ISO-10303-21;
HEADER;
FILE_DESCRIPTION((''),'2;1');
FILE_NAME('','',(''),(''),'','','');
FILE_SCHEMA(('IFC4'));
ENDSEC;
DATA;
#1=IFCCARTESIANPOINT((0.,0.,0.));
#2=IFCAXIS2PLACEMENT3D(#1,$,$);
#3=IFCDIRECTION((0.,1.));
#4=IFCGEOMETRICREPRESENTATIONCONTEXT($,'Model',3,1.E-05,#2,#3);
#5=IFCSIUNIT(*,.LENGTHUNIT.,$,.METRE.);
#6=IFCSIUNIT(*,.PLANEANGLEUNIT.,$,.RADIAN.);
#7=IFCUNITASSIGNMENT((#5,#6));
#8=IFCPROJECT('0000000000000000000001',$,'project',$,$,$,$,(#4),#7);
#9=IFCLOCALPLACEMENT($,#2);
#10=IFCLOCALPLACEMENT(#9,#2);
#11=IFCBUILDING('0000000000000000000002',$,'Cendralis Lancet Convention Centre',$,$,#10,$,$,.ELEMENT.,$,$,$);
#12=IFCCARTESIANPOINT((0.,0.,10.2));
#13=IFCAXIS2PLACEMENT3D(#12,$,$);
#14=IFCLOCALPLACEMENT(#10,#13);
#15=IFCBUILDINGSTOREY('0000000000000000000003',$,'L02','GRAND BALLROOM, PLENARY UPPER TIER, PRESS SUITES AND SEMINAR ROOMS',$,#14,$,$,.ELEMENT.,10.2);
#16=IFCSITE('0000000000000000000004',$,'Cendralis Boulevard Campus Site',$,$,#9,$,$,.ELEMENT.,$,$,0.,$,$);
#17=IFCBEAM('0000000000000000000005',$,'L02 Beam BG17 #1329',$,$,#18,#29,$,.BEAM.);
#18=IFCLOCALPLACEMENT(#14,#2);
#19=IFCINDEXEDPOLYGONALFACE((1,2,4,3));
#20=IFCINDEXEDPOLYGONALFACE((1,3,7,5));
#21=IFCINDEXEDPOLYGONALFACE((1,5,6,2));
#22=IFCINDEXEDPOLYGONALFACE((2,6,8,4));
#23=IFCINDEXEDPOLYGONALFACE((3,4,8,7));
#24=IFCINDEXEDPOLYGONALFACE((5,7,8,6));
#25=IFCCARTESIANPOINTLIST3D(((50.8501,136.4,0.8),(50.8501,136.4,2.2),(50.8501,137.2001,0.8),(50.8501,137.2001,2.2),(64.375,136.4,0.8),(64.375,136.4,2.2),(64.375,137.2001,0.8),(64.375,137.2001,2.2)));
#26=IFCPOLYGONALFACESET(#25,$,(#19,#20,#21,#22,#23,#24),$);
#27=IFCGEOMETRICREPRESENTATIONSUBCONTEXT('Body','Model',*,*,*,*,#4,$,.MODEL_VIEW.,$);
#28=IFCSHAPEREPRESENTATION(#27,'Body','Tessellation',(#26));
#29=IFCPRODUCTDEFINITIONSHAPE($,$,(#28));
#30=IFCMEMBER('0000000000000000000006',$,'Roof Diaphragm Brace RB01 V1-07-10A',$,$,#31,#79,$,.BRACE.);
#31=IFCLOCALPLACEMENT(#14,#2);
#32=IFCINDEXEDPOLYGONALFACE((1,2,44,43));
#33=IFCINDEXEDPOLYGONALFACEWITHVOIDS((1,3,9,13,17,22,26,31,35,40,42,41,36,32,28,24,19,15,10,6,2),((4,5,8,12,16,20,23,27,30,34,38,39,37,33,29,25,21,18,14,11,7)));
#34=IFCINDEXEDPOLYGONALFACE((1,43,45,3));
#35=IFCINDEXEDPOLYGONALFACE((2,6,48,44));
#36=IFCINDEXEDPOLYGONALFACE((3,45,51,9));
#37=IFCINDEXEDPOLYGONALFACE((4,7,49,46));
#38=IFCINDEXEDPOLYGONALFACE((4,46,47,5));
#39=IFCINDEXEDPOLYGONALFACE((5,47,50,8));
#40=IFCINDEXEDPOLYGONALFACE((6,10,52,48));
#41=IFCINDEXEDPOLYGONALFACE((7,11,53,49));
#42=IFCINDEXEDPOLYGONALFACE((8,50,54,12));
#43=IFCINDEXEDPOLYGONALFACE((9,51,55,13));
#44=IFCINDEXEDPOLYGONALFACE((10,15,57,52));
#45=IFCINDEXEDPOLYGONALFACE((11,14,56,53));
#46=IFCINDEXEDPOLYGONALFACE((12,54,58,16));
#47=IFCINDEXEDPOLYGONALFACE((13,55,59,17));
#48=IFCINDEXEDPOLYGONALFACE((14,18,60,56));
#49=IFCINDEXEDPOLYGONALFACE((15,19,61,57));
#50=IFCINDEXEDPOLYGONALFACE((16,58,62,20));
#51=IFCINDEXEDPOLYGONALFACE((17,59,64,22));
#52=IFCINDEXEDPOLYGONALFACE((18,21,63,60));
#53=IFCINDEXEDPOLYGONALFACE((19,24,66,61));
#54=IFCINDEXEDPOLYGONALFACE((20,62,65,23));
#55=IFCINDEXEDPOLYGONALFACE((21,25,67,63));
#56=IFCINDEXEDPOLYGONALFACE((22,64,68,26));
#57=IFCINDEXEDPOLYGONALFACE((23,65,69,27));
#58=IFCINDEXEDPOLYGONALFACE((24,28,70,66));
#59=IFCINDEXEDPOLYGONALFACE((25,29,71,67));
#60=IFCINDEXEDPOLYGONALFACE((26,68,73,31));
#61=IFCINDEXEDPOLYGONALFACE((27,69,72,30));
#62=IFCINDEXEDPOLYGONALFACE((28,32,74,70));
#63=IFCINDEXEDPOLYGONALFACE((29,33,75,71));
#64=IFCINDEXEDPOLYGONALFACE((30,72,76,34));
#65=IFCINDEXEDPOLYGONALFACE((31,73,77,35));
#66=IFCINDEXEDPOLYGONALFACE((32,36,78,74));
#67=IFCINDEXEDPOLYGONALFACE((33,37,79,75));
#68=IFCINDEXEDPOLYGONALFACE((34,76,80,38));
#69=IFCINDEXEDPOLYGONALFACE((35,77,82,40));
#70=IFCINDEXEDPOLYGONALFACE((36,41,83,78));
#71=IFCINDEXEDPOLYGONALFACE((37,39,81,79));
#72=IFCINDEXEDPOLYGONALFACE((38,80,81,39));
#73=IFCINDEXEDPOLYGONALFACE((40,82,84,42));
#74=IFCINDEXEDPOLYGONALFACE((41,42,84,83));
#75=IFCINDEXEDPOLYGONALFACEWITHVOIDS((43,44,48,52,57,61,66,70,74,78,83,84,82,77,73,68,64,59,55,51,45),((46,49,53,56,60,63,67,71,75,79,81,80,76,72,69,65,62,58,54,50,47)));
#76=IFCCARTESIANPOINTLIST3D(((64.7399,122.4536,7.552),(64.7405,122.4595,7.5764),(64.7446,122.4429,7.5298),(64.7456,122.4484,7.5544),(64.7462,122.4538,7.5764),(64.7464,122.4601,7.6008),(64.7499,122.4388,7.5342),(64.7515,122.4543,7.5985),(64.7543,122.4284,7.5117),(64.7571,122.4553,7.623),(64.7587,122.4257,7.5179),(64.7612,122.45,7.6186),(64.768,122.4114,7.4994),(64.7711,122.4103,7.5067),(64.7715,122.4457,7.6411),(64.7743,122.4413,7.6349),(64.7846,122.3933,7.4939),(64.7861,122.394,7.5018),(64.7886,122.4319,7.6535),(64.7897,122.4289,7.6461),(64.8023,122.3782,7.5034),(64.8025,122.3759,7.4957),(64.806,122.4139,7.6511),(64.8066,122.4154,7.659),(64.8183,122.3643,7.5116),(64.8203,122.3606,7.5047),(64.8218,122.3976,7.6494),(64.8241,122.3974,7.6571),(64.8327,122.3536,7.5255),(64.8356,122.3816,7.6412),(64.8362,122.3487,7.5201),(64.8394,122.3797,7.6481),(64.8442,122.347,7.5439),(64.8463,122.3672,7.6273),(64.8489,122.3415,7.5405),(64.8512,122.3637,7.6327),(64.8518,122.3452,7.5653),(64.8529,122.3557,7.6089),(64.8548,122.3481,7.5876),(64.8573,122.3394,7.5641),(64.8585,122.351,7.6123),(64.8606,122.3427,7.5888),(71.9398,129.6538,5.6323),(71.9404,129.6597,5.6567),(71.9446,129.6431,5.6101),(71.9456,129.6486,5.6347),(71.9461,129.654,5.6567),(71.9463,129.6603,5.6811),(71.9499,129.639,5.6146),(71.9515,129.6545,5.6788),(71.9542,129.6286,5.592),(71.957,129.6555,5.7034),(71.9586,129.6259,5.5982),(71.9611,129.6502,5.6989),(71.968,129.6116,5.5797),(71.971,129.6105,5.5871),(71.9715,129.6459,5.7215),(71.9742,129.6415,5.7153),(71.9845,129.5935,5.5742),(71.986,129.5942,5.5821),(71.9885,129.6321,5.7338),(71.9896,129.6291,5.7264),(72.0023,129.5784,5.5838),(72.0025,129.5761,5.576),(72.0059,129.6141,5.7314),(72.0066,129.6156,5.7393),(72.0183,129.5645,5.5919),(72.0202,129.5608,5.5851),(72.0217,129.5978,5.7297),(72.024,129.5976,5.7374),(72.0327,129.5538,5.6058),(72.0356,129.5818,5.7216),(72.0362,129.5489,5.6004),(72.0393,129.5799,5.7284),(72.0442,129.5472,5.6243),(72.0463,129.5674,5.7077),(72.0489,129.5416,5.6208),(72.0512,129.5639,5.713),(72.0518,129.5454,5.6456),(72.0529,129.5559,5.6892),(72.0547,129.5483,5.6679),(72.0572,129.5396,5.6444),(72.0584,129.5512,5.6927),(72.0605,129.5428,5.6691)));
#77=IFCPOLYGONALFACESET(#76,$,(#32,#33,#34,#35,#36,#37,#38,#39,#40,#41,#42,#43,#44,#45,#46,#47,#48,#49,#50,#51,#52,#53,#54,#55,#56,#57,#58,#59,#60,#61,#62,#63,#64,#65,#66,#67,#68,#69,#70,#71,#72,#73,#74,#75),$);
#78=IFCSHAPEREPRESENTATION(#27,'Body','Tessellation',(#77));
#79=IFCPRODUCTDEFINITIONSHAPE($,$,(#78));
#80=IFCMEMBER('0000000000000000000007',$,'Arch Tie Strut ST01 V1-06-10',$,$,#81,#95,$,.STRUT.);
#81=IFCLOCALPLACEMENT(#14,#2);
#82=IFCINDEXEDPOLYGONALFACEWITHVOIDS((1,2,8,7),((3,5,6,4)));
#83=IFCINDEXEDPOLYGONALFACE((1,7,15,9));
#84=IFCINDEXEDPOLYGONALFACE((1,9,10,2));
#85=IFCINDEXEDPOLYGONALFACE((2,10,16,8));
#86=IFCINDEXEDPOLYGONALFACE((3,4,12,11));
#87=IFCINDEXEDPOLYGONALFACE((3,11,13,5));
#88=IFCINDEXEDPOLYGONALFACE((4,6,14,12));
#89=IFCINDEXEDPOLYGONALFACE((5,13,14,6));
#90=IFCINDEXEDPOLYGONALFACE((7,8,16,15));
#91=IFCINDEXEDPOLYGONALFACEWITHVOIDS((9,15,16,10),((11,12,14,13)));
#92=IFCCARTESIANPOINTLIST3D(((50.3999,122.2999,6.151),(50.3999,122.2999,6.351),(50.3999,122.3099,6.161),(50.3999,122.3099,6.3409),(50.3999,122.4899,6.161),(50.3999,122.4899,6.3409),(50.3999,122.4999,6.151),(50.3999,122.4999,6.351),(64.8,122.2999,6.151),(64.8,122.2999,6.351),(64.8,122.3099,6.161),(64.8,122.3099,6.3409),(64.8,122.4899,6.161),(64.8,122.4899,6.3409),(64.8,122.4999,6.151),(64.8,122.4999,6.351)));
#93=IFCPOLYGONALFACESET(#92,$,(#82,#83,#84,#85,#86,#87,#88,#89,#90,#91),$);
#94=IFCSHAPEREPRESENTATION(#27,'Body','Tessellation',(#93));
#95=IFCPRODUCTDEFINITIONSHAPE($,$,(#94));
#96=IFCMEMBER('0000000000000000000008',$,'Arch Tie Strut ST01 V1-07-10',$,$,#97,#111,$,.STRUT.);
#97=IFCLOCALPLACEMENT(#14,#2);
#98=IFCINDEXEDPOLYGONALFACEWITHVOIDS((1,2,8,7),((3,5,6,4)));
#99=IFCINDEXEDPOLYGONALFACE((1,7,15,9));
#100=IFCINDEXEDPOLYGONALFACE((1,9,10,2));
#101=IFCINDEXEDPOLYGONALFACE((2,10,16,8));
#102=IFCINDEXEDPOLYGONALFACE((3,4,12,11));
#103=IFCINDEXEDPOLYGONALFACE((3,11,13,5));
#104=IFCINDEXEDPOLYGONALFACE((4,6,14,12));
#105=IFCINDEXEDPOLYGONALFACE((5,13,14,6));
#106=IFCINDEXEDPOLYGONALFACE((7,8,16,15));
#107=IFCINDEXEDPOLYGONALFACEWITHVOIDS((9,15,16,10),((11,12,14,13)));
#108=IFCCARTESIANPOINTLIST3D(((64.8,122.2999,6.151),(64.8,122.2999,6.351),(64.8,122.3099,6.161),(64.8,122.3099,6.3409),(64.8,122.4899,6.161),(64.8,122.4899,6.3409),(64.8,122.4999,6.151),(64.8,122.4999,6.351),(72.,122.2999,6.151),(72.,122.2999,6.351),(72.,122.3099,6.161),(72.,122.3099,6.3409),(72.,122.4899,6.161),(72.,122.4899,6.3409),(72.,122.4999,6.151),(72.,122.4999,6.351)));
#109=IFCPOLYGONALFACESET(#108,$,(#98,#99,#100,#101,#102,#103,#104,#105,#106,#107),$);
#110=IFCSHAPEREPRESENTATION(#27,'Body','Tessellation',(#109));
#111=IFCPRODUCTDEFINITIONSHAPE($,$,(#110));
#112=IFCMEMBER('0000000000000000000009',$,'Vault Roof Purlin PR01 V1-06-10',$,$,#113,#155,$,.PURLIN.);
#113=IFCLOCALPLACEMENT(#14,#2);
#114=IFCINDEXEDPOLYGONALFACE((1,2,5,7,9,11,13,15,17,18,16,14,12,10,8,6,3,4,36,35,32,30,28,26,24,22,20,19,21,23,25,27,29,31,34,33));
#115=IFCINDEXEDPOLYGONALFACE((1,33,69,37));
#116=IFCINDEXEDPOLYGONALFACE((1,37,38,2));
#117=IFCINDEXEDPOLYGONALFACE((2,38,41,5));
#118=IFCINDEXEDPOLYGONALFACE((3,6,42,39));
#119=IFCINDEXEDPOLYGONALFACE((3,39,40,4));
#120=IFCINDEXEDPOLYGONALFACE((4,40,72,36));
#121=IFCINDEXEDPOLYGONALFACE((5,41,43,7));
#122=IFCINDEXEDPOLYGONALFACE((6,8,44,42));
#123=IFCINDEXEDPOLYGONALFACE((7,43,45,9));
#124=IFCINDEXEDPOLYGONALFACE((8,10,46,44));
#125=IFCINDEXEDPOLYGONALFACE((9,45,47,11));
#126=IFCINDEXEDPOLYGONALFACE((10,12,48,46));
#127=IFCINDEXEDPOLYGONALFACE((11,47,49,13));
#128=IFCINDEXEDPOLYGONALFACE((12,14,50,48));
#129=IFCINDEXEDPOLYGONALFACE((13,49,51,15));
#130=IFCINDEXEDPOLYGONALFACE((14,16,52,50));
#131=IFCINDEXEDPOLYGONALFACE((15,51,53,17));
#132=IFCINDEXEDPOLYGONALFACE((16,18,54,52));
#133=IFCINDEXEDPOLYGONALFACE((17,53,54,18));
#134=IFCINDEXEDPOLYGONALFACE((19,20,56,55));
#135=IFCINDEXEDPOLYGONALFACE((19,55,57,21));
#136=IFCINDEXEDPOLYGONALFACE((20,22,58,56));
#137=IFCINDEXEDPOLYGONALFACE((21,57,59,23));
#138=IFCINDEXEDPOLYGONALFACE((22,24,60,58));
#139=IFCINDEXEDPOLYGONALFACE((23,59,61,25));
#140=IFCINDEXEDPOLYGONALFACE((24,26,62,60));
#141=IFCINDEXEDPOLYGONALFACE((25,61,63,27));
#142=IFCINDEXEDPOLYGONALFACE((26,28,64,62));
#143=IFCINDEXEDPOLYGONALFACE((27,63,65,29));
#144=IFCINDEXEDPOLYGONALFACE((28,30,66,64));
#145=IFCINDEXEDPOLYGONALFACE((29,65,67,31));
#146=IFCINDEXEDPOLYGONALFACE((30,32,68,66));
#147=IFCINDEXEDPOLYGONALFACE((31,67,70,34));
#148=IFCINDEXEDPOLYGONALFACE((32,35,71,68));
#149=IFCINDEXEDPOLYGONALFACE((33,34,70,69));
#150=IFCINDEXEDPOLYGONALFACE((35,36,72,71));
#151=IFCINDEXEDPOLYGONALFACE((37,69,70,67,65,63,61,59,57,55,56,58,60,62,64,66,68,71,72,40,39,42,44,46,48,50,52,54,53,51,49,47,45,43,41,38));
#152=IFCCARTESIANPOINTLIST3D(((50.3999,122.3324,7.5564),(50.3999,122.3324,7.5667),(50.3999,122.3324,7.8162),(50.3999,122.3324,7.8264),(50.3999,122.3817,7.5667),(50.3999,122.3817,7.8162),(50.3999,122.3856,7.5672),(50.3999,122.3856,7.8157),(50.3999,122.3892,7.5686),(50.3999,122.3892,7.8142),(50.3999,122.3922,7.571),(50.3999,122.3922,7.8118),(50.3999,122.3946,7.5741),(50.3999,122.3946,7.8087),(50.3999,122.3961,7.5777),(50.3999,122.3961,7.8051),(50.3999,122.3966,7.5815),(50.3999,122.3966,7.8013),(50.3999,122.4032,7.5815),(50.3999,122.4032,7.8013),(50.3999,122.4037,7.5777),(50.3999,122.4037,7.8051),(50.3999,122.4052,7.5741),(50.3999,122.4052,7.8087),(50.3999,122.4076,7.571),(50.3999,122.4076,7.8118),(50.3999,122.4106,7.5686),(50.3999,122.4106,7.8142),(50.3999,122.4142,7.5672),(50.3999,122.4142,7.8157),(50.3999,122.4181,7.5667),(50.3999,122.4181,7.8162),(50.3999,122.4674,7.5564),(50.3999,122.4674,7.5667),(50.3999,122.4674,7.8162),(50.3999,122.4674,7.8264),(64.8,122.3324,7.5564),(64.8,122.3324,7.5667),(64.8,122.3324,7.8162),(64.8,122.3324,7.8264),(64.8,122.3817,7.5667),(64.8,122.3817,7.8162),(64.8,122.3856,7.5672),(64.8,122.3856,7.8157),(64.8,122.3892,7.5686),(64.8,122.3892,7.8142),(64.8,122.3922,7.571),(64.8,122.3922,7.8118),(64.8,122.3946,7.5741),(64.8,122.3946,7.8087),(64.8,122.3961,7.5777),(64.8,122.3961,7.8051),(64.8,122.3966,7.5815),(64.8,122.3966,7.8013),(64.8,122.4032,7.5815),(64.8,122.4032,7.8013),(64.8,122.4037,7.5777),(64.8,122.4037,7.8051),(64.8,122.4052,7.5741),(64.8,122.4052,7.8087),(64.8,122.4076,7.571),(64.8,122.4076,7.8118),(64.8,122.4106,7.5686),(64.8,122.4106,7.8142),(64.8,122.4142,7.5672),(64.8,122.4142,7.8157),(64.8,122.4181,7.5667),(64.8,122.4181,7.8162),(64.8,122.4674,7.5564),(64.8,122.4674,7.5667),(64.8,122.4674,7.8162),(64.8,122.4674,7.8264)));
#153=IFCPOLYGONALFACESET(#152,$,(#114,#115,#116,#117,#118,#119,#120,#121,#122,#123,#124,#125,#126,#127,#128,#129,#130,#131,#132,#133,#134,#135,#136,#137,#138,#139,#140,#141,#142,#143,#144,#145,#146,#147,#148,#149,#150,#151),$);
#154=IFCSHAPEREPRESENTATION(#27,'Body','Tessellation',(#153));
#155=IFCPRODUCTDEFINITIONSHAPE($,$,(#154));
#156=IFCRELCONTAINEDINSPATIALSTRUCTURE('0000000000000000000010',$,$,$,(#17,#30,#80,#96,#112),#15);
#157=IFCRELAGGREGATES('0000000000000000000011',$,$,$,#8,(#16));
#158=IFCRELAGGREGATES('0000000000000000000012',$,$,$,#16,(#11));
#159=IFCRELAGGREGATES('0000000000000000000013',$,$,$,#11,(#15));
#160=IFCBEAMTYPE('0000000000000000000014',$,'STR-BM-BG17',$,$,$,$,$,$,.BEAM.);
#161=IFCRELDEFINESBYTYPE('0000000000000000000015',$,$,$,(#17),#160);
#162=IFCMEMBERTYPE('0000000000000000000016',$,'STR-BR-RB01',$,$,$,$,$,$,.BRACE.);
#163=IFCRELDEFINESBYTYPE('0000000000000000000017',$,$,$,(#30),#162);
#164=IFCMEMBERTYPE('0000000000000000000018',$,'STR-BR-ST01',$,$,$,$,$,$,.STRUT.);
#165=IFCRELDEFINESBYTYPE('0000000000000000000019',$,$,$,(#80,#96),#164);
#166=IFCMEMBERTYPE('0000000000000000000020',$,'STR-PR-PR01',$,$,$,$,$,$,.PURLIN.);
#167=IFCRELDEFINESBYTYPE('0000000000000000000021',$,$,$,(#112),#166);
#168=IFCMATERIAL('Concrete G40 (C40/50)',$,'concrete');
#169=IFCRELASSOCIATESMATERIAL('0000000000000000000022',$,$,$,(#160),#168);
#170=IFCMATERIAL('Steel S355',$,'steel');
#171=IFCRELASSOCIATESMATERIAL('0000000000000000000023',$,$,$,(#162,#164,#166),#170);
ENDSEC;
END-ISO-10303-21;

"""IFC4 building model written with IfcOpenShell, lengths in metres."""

from ifc_helpers import new_model, si_unit, direction, frame, origin, origin_2d, place, context, subcontext, project, spatial, rectangle, hollow_rectangle, hollow_circle, i_section, extrude, material, material_profile, profile_set, type_object, element, save


model = new_model("IFC4")

# Units and contexts
model_context = context("Model", 3, precision=1e-05, world=origin(), true_north=direction((0.0, 1.0)))
body_context = subcontext(model_context, "Body", "Model", "MODEL_VIEW")
ifc_project = project(units=[si_unit("LENGTHUNIT", "METRE"), si_unit("PLANEANGLEUNIT", "RADIAN")], contexts=[model_context])

# Site, building, storey
site_placement = place(None, origin())
site = spatial("IfcSite", under=ifc_project, at=site_placement, Name="Cendralis Boulevard Campus Site", CompositionType="ELEMENT", RefElevation=0.0)
building_placement = place(site_placement, origin())
building = spatial("IfcBuilding", under=site, at=building_placement, Name="Cendralis Lancet Convention Centre", CompositionType="ELEMENT")
storey_placement = place(building_placement, frame((0.0, 0.0, 10.2)))
storey = spatial("IfcBuildingStorey", under=building, at=storey_placement, Name="L02", Description="GRAND BALLROOM, PLENARY UPPER TIER, PRESS SUITES AND SEMINAR ROOMS", CompositionType="ELEMENT", Elevation=10.2)

# Beam
ifc_material_1 = material(Name="Concrete G40 (C40/50)", Category="concrete")
ifc_material_profile_1 = material_profile(ifc_material_1, rectangle(XDim=0.8, YDim=1.3999, at=origin_2d()), Name="RCB 800x1400")
ifc_profile_set_1 = profile_set([ifc_material_profile_1], Name="Concrete G40 (C40/50)")
beam_type = type_object("IfcBeamType", Name="STR-BM-BG17", PredefinedType="BEAM", material=ifc_profile_set_1)
beam_placement = place(storey_placement, frame((50.8501, 136.8, 1.5), z_axis=(1.0, 0.0, 0.0), x_axis=(0.0, 1.0, 0.0)))
element("IfcBeam", 1, at=beam_placement, inside=storey, type_object=beam_type, Name="L02 Beam BG17 #1329", PredefinedType="BEAM", context=body_context, shape_type="SweptSolid", body=[
    extrude(rectangle(XDim=0.8, YDim=1.3999, at=origin_2d()), origin(), (0.0, 0.0, 1.0), 13.5249),
])

# Members
ifc_material_2 = material(Name="Steel S355", Category="steel")
ifc_material_profile_2 = material_profile(ifc_material_2, hollow_circle(Radius=0.0842, WallThickness=0.0081, at=origin_2d()), Name="CHS 168.3x8.0")
ifc_profile_set_2 = profile_set([ifc_material_profile_2], Name="Steel S355")
member_type_1 = type_object("IfcMemberType", Name="STR-BR-RB01", PredefinedType="BRACE", material=ifc_profile_set_2)
member_1_placement = place(storey_placement, frame((64.8, 122.3999, 7.5764), z_axis=(0.694854, 0.694878, -0.185265), x_axis=(-0.707119, 0.707095, 0.0)))
element("IfcMember", 2, at=member_1_placement, inside=storey, type_object=member_type_1, Name="Roof Diaphragm Brace RB01 V1-07-10A", PredefinedType="BRACE", context=body_context, shape_type="SweptSolid", body=[
    extrude(hollow_circle(Radius=0.0842, WallThickness=0.0081, at=origin_2d()), origin(), (0.0, 0.0, 1.0), 10.3618),
])
ifc_material_profile_3 = material_profile(ifc_material_2, hollow_rectangle(XDim=0.2, YDim=0.2, WallThickness=0.01, at=origin_2d()), Name="SHS 200x200x10.0")
ifc_profile_set_3 = profile_set([ifc_material_profile_3], Name="Steel S355")
member_type_2 = type_object("IfcMemberType", Name="STR-BR-ST01", PredefinedType="STRUT", material=ifc_profile_set_3)
member_2_placement = place(storey_placement, frame((50.3999, 122.3999, 6.251), z_axis=(1.0, 0.0, 0.0), x_axis=(0.0, 1.0, 0.0)))
element("IfcMember", 3, at=member_2_placement, inside=storey, type_object=member_type_2, Name="Arch Tie Strut ST01 V1-06-10", PredefinedType="STRUT", context=body_context, shape_type="SweptSolid", body=[
    extrude(hollow_rectangle(XDim=0.2, YDim=0.2, WallThickness=0.01, at=origin_2d()), origin(), (0.0, 0.0, 1.0), 14.4001),
])
member_3_placement = place(storey_placement, frame((64.8, 122.3999, 6.251), z_axis=(1.0, 0.0, 0.0), x_axis=(0.0, 1.0, 0.0)))
element("IfcMember", 4, at=member_3_placement, inside=storey, type_object=member_type_2, Name="Arch Tie Strut ST01 V1-07-10", PredefinedType="STRUT", context=body_context, shape_type="SweptSolid", body=[
    extrude(hollow_rectangle(XDim=0.2, YDim=0.2, WallThickness=0.01, at=origin_2d()), origin(), (0.0, 0.0, 1.0), 7.2),
])
ifc_material_profile_4 = material_profile(ifc_material_2, i_section(OverallWidth=0.135, OverallDepth=0.27, WebThickness=0.0066, FlangeThickness=0.0103, FilletRadius=0.0149, at=origin_2d()), Name="IPE 270")
ifc_profile_set_4 = profile_set([ifc_material_profile_4], Name="Steel S355")
member_type_3 = type_object("IfcMemberType", Name="STR-PR-PR01", PredefinedType="PURLIN", material=ifc_profile_set_4)
for number, where, z_axis, x_axis, name in (
    (5, (50.3999, 122.3999, 7.6914), (1.0, 0.0, 0.0), (0.0, 1.0, 0.0), "Vault Roof Purlin PR01 V1-06-10"),
):
    element("IfcMember", number, at=place(storey_placement, frame(where, z_axis=z_axis, x_axis=x_axis)), inside=storey, type_object=member_type_3, Name=name, PredefinedType="PURLIN", context=body_context, shape_type="SweptSolid", body=[
        extrude(i_section(OverallWidth=0.135, OverallDepth=0.27, WebThickness=0.0066, FlangeThickness=0.0103, FilletRadius=0.0149, at=origin_2d()), origin(), (0.0, 0.0, 1.0), 14.4001),
    ])

save(model, "model.ifc")
